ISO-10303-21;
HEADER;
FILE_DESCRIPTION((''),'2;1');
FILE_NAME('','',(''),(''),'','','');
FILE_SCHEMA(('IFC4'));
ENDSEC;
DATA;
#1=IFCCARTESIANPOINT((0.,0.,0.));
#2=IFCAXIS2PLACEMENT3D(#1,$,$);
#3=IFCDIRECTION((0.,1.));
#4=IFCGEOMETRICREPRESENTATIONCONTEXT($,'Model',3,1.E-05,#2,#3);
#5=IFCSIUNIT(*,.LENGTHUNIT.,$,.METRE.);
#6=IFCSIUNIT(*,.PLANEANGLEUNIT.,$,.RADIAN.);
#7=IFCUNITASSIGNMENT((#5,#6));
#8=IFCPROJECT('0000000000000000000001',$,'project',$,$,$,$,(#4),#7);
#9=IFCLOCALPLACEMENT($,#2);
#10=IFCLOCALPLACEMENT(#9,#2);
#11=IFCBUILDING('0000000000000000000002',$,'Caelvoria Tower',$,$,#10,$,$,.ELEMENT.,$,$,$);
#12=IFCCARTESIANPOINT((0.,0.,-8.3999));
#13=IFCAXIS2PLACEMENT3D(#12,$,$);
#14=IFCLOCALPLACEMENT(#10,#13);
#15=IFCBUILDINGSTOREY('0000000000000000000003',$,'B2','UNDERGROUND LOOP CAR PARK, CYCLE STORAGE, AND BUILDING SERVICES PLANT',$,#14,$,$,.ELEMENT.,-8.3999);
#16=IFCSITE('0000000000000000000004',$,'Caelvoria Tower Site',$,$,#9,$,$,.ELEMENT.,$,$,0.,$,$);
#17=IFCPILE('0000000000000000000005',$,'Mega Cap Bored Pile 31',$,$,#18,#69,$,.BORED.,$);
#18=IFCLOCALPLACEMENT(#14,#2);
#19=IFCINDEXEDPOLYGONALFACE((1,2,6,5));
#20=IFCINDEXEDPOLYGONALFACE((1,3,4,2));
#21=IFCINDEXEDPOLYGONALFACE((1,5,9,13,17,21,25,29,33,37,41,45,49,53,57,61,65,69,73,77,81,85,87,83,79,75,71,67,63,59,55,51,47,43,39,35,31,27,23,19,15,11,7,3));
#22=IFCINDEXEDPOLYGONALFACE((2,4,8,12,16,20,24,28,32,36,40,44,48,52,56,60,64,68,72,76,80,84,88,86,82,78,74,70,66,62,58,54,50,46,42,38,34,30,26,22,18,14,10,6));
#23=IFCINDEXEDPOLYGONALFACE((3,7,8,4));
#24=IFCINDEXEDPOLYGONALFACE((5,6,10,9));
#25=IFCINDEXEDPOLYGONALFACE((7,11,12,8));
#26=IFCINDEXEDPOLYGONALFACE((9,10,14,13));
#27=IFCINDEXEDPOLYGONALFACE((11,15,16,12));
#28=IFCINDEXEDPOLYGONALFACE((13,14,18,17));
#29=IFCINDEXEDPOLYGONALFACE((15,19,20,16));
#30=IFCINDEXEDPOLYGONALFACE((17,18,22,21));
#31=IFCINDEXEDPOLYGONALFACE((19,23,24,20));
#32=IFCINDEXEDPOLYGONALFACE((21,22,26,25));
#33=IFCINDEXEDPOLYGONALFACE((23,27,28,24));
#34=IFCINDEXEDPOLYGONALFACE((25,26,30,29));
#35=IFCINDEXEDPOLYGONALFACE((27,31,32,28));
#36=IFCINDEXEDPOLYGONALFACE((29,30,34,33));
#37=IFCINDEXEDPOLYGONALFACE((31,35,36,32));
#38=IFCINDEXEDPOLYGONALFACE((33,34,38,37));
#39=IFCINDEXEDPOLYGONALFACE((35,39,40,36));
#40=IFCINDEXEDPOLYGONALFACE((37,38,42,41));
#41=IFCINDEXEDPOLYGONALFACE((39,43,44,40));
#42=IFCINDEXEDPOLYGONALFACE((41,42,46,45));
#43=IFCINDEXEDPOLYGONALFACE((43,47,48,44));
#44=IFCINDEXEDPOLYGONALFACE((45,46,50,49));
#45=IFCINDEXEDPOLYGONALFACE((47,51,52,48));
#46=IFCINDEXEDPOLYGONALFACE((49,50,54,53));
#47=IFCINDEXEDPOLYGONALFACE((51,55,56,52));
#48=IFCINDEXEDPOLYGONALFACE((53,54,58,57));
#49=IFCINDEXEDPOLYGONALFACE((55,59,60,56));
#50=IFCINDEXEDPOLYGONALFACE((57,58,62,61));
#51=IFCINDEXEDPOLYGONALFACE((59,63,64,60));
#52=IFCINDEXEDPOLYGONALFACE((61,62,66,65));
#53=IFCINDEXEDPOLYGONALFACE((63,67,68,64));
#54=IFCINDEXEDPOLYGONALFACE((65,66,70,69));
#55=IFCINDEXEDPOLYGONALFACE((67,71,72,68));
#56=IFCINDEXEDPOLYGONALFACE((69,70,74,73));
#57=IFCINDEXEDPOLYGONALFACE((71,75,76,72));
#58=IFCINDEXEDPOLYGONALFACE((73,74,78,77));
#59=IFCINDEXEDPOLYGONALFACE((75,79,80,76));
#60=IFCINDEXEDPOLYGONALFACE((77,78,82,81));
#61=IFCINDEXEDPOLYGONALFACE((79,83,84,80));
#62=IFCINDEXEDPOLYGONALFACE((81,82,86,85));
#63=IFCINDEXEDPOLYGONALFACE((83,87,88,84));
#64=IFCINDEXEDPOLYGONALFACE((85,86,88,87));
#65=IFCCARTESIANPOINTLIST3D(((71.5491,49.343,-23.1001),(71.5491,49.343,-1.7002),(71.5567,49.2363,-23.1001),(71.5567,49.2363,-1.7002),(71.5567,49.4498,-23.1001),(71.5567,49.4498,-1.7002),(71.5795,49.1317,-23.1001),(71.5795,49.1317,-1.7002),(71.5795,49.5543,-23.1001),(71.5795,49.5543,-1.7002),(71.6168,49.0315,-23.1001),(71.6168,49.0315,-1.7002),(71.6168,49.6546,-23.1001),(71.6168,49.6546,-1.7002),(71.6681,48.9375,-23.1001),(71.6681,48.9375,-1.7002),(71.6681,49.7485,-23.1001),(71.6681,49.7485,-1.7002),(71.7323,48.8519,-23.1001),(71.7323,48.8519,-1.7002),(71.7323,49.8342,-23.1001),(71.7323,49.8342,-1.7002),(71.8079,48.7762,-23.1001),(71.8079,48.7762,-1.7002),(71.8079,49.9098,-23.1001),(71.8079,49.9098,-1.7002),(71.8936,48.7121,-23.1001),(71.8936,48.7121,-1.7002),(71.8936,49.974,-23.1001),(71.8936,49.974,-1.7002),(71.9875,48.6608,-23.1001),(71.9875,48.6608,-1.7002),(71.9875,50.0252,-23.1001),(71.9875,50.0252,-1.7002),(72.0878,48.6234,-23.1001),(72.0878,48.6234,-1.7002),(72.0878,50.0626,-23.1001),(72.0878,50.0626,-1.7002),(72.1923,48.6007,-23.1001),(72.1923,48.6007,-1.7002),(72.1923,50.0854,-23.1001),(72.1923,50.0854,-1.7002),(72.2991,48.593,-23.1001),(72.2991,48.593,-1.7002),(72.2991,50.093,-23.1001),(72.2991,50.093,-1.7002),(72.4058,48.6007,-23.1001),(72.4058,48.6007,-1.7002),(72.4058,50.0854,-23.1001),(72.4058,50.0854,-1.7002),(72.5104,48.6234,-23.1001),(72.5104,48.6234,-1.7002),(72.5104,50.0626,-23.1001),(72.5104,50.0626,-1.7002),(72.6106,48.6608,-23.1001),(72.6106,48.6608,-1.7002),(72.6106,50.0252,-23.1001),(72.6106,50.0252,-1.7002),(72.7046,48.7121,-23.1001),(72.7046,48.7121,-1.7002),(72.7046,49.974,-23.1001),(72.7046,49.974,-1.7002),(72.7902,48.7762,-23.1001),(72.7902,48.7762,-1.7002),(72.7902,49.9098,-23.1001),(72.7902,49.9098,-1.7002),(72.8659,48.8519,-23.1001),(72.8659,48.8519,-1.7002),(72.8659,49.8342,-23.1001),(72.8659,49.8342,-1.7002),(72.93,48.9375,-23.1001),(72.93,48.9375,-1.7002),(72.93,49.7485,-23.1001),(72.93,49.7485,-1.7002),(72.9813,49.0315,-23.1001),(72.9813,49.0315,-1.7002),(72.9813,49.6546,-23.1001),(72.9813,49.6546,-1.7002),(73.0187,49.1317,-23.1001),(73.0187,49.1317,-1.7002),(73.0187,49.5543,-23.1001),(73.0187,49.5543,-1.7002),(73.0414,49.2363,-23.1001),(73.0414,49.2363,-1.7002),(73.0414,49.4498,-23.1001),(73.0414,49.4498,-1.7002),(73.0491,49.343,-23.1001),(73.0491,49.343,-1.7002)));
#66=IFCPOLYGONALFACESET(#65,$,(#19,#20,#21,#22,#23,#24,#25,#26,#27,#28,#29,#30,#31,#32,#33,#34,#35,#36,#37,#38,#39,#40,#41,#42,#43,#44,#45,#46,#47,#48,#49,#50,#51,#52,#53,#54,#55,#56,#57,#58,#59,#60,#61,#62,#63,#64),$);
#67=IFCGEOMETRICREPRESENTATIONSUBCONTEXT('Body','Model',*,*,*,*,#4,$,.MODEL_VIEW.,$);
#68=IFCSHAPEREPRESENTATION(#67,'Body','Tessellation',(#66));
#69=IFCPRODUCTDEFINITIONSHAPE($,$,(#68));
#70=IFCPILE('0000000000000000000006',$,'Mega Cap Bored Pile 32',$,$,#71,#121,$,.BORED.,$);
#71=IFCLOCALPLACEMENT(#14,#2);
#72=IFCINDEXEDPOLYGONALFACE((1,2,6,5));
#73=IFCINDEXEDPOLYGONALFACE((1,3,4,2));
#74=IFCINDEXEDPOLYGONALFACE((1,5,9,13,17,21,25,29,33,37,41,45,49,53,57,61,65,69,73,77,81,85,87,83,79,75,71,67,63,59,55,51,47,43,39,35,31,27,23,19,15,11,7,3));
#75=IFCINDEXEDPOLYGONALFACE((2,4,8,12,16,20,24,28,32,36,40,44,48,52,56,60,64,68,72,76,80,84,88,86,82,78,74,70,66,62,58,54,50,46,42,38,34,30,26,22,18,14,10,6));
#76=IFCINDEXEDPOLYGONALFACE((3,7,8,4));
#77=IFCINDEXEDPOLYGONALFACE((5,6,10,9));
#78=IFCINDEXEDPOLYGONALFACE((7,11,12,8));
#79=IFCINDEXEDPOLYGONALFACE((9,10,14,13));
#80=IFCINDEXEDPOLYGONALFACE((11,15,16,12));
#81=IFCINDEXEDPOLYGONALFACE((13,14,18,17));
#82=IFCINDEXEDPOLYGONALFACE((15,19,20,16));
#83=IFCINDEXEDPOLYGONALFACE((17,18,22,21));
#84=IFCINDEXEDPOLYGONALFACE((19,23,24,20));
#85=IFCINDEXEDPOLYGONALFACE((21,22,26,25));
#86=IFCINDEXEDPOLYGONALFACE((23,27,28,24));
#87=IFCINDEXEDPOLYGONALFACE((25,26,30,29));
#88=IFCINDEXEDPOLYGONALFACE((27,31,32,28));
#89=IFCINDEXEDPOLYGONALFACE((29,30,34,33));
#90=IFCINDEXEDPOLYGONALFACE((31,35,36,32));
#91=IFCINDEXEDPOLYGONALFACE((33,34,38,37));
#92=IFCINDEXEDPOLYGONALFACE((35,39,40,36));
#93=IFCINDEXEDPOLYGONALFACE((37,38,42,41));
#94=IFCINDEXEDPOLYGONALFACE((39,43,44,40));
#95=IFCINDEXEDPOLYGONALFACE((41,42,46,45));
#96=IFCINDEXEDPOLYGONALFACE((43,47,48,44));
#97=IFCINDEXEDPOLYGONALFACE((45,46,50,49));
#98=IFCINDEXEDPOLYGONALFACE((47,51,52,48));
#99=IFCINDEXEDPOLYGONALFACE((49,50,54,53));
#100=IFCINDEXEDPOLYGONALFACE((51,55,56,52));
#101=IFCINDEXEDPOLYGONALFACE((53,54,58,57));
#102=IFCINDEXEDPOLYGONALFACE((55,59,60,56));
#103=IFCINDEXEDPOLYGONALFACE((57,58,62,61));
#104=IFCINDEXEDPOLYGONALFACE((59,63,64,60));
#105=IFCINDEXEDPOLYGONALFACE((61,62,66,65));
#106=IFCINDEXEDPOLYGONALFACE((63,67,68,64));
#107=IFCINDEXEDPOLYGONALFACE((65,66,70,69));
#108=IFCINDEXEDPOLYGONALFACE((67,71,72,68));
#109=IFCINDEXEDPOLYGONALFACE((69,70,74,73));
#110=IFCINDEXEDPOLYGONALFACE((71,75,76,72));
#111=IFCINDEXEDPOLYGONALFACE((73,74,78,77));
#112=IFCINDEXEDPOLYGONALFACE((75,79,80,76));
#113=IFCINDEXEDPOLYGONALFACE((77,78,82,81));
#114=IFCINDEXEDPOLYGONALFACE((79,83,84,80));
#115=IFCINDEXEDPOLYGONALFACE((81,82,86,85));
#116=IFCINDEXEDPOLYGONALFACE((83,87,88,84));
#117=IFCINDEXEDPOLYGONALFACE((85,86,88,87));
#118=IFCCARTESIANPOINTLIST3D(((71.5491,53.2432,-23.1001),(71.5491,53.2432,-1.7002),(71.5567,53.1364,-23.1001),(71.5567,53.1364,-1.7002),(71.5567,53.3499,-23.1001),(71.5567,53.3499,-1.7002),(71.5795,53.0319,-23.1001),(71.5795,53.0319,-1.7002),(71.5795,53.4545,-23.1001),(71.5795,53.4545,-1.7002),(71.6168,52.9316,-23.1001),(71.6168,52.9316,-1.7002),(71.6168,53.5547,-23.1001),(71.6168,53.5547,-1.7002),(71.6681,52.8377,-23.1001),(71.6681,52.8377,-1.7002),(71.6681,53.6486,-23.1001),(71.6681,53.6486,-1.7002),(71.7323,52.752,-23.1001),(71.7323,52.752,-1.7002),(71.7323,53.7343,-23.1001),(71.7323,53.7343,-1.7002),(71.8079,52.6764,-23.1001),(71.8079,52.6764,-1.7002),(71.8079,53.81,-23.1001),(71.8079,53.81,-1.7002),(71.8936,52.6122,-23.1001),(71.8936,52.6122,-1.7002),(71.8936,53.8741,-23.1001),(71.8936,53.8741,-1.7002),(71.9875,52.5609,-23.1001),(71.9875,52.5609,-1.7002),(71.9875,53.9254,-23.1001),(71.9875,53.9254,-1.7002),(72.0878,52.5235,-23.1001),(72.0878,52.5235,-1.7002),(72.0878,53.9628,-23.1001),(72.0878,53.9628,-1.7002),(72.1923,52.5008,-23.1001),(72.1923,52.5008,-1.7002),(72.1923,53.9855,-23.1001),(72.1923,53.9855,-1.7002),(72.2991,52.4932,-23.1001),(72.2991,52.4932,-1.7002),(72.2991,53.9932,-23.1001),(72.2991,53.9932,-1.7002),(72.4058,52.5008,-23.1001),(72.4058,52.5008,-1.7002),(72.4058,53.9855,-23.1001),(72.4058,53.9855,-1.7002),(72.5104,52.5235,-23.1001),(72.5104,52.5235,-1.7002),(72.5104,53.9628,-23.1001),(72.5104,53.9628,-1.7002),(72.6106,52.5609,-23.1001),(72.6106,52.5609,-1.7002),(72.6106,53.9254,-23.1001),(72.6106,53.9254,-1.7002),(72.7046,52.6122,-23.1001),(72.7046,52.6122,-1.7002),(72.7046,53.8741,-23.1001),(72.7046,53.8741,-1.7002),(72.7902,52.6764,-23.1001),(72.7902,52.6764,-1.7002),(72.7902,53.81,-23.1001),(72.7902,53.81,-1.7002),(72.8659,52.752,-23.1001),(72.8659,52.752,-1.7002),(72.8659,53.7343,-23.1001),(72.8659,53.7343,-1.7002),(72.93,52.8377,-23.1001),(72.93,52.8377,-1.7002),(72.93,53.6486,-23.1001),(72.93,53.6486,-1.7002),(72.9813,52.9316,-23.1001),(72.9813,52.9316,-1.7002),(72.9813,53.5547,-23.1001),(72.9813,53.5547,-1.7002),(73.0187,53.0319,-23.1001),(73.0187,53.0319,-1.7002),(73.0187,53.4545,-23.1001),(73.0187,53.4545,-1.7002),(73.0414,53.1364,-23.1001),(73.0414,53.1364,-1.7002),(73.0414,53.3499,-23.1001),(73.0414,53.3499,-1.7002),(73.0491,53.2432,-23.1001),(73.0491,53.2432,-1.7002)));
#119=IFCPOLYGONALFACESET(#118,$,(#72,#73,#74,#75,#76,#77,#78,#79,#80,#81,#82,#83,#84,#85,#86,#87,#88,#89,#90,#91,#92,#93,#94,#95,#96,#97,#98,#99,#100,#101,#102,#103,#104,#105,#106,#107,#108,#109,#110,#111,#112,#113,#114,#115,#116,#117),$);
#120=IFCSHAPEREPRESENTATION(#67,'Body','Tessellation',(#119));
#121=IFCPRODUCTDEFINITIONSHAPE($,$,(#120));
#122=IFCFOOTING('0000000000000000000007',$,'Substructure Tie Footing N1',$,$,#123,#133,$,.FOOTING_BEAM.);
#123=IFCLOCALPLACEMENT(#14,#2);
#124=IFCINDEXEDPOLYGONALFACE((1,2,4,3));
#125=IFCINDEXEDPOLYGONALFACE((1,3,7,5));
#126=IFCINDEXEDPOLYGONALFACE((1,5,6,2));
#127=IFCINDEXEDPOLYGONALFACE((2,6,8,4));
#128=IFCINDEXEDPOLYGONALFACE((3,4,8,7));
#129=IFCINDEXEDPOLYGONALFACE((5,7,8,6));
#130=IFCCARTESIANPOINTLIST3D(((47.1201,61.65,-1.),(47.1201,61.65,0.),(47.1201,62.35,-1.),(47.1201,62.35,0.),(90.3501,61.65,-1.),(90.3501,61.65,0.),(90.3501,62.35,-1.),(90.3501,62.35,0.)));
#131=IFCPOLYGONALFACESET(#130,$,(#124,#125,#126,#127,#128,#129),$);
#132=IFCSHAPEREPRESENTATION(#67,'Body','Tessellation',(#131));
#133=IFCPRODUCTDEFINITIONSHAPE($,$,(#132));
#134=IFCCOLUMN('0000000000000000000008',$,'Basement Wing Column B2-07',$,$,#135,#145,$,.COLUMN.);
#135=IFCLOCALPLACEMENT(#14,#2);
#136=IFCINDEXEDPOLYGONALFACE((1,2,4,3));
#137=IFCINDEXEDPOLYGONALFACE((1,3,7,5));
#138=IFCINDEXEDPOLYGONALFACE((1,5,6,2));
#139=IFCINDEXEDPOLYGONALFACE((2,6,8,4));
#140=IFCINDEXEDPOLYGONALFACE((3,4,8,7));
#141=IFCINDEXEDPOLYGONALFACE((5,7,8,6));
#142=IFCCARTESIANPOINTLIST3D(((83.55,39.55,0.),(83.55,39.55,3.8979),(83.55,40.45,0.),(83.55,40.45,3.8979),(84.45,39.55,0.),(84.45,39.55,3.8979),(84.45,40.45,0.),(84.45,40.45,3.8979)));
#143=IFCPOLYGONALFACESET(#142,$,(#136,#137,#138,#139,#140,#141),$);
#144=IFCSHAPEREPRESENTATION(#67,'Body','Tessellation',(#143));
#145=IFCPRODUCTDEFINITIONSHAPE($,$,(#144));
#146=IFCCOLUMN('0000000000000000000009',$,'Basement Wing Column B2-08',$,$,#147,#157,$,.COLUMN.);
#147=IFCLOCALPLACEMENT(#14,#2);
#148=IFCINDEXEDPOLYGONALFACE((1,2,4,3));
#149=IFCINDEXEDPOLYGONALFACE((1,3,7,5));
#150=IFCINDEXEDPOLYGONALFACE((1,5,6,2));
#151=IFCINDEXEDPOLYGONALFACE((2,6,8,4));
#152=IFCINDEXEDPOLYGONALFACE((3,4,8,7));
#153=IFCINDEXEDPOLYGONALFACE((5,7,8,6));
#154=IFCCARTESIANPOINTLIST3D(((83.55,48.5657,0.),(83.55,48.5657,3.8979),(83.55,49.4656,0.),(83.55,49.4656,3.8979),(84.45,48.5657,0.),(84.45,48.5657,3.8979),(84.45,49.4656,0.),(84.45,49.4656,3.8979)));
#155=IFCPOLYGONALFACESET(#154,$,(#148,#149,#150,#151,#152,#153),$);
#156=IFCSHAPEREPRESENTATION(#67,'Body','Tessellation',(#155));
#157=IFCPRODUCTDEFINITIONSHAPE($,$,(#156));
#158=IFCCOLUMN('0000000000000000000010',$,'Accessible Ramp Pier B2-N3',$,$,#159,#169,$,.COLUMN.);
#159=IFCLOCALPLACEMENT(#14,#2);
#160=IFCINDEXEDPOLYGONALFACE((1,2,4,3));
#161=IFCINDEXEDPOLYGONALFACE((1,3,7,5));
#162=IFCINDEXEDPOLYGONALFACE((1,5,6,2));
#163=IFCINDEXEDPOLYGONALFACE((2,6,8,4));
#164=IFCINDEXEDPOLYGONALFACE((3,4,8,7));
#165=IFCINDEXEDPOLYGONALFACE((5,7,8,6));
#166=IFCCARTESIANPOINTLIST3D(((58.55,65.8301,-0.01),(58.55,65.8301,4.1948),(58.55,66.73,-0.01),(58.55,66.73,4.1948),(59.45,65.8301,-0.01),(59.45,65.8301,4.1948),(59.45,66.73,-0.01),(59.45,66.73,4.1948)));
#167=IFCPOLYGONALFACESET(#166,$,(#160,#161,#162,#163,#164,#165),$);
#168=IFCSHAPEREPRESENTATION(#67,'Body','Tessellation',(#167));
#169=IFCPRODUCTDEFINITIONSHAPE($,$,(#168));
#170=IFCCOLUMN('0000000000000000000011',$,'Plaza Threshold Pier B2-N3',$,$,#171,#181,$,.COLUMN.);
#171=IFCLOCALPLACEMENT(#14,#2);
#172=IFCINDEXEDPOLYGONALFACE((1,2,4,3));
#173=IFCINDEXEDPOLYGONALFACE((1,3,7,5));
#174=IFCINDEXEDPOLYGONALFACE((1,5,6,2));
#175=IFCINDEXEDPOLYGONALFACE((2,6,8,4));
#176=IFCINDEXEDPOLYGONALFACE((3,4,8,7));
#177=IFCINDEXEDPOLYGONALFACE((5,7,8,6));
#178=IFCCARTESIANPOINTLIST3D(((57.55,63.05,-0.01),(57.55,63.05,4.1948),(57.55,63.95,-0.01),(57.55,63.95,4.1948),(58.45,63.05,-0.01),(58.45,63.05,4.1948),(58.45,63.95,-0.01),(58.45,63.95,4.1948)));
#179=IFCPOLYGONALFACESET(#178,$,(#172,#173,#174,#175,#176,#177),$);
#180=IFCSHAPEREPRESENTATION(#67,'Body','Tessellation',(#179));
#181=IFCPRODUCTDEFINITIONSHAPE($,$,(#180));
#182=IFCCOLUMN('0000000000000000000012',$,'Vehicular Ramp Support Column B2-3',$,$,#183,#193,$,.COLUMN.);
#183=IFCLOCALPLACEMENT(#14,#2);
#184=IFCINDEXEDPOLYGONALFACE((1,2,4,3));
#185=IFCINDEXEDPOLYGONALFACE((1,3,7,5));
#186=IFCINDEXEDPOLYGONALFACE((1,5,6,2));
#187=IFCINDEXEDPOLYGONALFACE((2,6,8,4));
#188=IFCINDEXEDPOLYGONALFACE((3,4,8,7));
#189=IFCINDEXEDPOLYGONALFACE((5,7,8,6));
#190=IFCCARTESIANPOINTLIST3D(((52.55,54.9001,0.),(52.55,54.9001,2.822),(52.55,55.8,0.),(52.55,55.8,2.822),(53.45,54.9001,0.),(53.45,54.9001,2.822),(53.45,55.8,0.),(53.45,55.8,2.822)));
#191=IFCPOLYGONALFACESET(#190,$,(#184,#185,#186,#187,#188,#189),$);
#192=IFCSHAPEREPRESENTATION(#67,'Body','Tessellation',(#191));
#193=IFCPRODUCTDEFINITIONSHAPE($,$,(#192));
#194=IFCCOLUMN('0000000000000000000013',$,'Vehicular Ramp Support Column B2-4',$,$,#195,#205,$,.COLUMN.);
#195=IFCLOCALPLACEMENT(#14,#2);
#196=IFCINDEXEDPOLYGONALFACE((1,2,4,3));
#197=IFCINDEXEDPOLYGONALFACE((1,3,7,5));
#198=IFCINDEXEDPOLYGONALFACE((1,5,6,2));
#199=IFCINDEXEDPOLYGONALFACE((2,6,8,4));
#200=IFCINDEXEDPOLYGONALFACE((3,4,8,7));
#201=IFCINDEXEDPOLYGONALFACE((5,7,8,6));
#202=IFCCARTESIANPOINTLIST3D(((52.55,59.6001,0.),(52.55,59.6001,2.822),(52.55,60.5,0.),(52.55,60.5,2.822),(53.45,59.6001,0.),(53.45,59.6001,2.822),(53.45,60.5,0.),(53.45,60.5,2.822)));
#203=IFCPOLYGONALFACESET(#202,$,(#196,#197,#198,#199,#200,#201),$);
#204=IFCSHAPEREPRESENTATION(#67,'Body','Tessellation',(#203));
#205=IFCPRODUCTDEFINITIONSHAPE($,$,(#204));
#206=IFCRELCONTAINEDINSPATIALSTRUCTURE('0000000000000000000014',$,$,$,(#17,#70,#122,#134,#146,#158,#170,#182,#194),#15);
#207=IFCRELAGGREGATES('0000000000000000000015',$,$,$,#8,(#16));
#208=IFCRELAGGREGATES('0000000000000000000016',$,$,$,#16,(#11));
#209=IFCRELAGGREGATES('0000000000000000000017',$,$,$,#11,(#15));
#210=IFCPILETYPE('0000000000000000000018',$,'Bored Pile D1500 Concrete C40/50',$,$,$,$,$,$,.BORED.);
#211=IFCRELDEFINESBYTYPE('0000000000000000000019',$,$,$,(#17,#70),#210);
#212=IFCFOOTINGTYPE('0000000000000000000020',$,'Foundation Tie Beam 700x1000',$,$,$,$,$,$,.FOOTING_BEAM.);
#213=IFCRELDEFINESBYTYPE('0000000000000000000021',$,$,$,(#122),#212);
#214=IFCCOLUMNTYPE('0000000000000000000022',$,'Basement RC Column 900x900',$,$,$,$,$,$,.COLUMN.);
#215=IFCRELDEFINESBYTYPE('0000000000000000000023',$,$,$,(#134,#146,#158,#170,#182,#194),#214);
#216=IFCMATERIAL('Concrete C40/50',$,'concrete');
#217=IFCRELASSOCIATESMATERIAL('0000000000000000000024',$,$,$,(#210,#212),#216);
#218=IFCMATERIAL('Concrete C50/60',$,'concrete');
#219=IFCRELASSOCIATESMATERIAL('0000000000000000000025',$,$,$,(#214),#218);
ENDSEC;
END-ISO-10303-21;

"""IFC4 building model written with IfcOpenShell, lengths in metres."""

from ifc_helpers import new_model, si_unit, direction, frame, origin, origin_2d, place, context, subcontext, project, spatial, rectangle, circle, extrude, material, material_profile, profile_set, type_object, element, save


model = new_model("IFC4")

# Units and contexts
model_context = context("Model", 3, precision=1e-05, world=origin(), true_north=direction((0.0, 1.0)))
body_context = subcontext(model_context, "Body", "Model", "MODEL_VIEW")
ifc_project = project(units=[si_unit("LENGTHUNIT", "METRE"), si_unit("PLANEANGLEUNIT", "RADIAN")], contexts=[model_context])

# Site, building, storey
site_placement = place(None, origin())
site = spatial("IfcSite", under=ifc_project, at=site_placement, Name="Caelvoria Tower Site", CompositionType="ELEMENT", RefElevation=0.0)
building_placement = place(site_placement, origin())
building = spatial("IfcBuilding", under=site, at=building_placement, Name="Caelvoria Tower", CompositionType="ELEMENT")
storey_placement = place(building_placement, frame((0.0, 0.0, -8.3999)))
storey = spatial("IfcBuildingStorey", under=building, at=storey_placement, Name="B2", Description="UNDERGROUND LOOP CAR PARK, CYCLE STORAGE, AND BUILDING SERVICES PLANT", CompositionType="ELEMENT", Elevation=-8.3999)

# Piles
ifc_material_1 = material(Name="Concrete C40/50", Category="concrete")
ifc_material_profile_1 = material_profile(ifc_material_1, circle(Radius=0.75, at=origin_2d()), Name="Concrete C40/50")
ifc_profile_set_1 = profile_set([ifc_material_profile_1], Name="PILE_D1500 - Concrete C40/50")
pile_type_1 = type_object("IfcPileType", Name="Bored Pile D1500 Concrete C40/50", PredefinedType="BORED", material=ifc_profile_set_1)
for number, where, z_axis, x_axis, name in (
    (1, (72.2991, 49.343, -1.7002), (0.0, 0.0, -1.0), (1.0, 0.0, 0.0), "Mega Cap Bored Pile 31"),
    (2, (72.2991, 53.2432, -1.7002), (0.0, 0.0, -1.0), (1.0, 0.0, 0.0), "Mega Cap Bored Pile 32"),
):
    element("IfcPile", number, at=place(storey_placement, frame(where, z_axis=z_axis, x_axis=x_axis)), inside=storey, type_object=pile_type_1, Name=name, PredefinedType="BORED", context=body_context, shape_type="SweptSolid", body=[
        extrude(circle(Radius=0.75, at=origin_2d()), origin(), (0.0, 0.0, 1.0), 21.3999),
    ])

# Footing
ifc_material_profile_2 = material_profile(ifc_material_1, rectangle(XDim=0.7, YDim=1.0, at=origin_2d()), Name="Concrete C40/50")
ifc_profile_set_2 = profile_set([ifc_material_profile_2], Name="RC_GB_700X1000 - Concrete C40/50")
footing_type = type_object("IfcFootingType", Name="Foundation Tie Beam 700x1000", PredefinedType="FOOTING_BEAM", material=ifc_profile_set_2)
footing_placement = place(storey_placement, frame((90.3501, 62.0, -0.5), z_axis=(-1.0, 0.0, 0.0), x_axis=(0.0, -1.0, 0.0)))
element("IfcFooting", 3, at=footing_placement, inside=storey, type_object=footing_type, Name="Substructure Tie Footing N1", PredefinedType="FOOTING_BEAM", context=body_context, shape_type="SweptSolid", body=[
    extrude(rectangle(XDim=0.7, YDim=1.0, at=origin_2d()), origin(), (0.0, 0.0, 1.0), 43.23),
])

# Columns
ifc_material_2 = material(Name="Concrete C50/60", Category="concrete")
ifc_material_profile_3 = material_profile(ifc_material_2, rectangle(XDim=0.8999, YDim=0.8999, at=origin_2d()), Name="Concrete C50/60")
ifc_profile_set_3 = profile_set([ifc_material_profile_3], Name="RC_COL_900X900 - Concrete C50/60")
column_type_1 = type_object("IfcColumnType", Name="Basement RC Column 900x900", PredefinedType="COLUMN", material=ifc_profile_set_3)
for number, where, z_axis, x_axis, name in (
    (4, (84.0, 40.0, 0.0), (0.0, 0.0, 1.0), (1.0, 0.0, 0.0), "Basement Wing Column B2-07"),
    (5, (84.0, 49.0156, 0.0), (0.0, 0.0, 1.0), (1.0, 0.0, 0.0), "Basement Wing Column B2-08"),
):
    element("IfcColumn", number, at=place(storey_placement, frame(where, z_axis=z_axis, x_axis=x_axis)), inside=storey, type_object=column_type_1, Name=name, PredefinedType="COLUMN", context=body_context, shape_type="SweptSolid", body=[
        extrude(rectangle(XDim=0.8999, YDim=0.8999, at=origin_2d()), origin(), (0.0, 0.0, 1.0), 3.8979),
    ])
for number, where, z_axis, x_axis, name in (
    (6, (59.0, 66.28, -0.01), (0.0, 0.0, 1.0), (1.0, 0.0, 0.0), "Accessible Ramp Pier B2-N3"),
    (7, (58.0, 63.5, -0.01), (0.0, 0.0, 1.0), (1.0, 0.0, 0.0), "Plaza Threshold Pier B2-N3"),
):
    element("IfcColumn", number, at=place(storey_placement, frame(where, z_axis=z_axis, x_axis=x_axis)), inside=storey, type_object=column_type_1, Name=name, PredefinedType="COLUMN", context=body_context, shape_type="SweptSolid", body=[
        extrude(rectangle(XDim=0.8999, YDim=0.8999, at=origin_2d()), origin(), (0.0, 0.0, 1.0), 4.2048),
    ])
for number, where, z_axis, x_axis, name in (
    (8, (53.0, 55.3501, 0.0), (0.0, 0.0, 1.0), (1.0, 0.0, 0.0), "Vehicular Ramp Support Column B2-3"),
    (9, (53.0, 60.05, 0.0), (0.0, 0.0, 1.0), (1.0, 0.0, 0.0), "Vehicular Ramp Support Column B2-4"),
):
    element("IfcColumn", number, at=place(storey_placement, frame(where, z_axis=z_axis, x_axis=x_axis)), inside=storey, type_object=column_type_1, Name=name, PredefinedType="COLUMN", context=body_context, shape_type="SweptSolid", body=[
        extrude(rectangle(XDim=0.8999, YDim=0.8999, at=origin_2d()), origin(), (0.0, 0.0, 1.0), 2.822),
    ])

save(model, "model.ifc")
